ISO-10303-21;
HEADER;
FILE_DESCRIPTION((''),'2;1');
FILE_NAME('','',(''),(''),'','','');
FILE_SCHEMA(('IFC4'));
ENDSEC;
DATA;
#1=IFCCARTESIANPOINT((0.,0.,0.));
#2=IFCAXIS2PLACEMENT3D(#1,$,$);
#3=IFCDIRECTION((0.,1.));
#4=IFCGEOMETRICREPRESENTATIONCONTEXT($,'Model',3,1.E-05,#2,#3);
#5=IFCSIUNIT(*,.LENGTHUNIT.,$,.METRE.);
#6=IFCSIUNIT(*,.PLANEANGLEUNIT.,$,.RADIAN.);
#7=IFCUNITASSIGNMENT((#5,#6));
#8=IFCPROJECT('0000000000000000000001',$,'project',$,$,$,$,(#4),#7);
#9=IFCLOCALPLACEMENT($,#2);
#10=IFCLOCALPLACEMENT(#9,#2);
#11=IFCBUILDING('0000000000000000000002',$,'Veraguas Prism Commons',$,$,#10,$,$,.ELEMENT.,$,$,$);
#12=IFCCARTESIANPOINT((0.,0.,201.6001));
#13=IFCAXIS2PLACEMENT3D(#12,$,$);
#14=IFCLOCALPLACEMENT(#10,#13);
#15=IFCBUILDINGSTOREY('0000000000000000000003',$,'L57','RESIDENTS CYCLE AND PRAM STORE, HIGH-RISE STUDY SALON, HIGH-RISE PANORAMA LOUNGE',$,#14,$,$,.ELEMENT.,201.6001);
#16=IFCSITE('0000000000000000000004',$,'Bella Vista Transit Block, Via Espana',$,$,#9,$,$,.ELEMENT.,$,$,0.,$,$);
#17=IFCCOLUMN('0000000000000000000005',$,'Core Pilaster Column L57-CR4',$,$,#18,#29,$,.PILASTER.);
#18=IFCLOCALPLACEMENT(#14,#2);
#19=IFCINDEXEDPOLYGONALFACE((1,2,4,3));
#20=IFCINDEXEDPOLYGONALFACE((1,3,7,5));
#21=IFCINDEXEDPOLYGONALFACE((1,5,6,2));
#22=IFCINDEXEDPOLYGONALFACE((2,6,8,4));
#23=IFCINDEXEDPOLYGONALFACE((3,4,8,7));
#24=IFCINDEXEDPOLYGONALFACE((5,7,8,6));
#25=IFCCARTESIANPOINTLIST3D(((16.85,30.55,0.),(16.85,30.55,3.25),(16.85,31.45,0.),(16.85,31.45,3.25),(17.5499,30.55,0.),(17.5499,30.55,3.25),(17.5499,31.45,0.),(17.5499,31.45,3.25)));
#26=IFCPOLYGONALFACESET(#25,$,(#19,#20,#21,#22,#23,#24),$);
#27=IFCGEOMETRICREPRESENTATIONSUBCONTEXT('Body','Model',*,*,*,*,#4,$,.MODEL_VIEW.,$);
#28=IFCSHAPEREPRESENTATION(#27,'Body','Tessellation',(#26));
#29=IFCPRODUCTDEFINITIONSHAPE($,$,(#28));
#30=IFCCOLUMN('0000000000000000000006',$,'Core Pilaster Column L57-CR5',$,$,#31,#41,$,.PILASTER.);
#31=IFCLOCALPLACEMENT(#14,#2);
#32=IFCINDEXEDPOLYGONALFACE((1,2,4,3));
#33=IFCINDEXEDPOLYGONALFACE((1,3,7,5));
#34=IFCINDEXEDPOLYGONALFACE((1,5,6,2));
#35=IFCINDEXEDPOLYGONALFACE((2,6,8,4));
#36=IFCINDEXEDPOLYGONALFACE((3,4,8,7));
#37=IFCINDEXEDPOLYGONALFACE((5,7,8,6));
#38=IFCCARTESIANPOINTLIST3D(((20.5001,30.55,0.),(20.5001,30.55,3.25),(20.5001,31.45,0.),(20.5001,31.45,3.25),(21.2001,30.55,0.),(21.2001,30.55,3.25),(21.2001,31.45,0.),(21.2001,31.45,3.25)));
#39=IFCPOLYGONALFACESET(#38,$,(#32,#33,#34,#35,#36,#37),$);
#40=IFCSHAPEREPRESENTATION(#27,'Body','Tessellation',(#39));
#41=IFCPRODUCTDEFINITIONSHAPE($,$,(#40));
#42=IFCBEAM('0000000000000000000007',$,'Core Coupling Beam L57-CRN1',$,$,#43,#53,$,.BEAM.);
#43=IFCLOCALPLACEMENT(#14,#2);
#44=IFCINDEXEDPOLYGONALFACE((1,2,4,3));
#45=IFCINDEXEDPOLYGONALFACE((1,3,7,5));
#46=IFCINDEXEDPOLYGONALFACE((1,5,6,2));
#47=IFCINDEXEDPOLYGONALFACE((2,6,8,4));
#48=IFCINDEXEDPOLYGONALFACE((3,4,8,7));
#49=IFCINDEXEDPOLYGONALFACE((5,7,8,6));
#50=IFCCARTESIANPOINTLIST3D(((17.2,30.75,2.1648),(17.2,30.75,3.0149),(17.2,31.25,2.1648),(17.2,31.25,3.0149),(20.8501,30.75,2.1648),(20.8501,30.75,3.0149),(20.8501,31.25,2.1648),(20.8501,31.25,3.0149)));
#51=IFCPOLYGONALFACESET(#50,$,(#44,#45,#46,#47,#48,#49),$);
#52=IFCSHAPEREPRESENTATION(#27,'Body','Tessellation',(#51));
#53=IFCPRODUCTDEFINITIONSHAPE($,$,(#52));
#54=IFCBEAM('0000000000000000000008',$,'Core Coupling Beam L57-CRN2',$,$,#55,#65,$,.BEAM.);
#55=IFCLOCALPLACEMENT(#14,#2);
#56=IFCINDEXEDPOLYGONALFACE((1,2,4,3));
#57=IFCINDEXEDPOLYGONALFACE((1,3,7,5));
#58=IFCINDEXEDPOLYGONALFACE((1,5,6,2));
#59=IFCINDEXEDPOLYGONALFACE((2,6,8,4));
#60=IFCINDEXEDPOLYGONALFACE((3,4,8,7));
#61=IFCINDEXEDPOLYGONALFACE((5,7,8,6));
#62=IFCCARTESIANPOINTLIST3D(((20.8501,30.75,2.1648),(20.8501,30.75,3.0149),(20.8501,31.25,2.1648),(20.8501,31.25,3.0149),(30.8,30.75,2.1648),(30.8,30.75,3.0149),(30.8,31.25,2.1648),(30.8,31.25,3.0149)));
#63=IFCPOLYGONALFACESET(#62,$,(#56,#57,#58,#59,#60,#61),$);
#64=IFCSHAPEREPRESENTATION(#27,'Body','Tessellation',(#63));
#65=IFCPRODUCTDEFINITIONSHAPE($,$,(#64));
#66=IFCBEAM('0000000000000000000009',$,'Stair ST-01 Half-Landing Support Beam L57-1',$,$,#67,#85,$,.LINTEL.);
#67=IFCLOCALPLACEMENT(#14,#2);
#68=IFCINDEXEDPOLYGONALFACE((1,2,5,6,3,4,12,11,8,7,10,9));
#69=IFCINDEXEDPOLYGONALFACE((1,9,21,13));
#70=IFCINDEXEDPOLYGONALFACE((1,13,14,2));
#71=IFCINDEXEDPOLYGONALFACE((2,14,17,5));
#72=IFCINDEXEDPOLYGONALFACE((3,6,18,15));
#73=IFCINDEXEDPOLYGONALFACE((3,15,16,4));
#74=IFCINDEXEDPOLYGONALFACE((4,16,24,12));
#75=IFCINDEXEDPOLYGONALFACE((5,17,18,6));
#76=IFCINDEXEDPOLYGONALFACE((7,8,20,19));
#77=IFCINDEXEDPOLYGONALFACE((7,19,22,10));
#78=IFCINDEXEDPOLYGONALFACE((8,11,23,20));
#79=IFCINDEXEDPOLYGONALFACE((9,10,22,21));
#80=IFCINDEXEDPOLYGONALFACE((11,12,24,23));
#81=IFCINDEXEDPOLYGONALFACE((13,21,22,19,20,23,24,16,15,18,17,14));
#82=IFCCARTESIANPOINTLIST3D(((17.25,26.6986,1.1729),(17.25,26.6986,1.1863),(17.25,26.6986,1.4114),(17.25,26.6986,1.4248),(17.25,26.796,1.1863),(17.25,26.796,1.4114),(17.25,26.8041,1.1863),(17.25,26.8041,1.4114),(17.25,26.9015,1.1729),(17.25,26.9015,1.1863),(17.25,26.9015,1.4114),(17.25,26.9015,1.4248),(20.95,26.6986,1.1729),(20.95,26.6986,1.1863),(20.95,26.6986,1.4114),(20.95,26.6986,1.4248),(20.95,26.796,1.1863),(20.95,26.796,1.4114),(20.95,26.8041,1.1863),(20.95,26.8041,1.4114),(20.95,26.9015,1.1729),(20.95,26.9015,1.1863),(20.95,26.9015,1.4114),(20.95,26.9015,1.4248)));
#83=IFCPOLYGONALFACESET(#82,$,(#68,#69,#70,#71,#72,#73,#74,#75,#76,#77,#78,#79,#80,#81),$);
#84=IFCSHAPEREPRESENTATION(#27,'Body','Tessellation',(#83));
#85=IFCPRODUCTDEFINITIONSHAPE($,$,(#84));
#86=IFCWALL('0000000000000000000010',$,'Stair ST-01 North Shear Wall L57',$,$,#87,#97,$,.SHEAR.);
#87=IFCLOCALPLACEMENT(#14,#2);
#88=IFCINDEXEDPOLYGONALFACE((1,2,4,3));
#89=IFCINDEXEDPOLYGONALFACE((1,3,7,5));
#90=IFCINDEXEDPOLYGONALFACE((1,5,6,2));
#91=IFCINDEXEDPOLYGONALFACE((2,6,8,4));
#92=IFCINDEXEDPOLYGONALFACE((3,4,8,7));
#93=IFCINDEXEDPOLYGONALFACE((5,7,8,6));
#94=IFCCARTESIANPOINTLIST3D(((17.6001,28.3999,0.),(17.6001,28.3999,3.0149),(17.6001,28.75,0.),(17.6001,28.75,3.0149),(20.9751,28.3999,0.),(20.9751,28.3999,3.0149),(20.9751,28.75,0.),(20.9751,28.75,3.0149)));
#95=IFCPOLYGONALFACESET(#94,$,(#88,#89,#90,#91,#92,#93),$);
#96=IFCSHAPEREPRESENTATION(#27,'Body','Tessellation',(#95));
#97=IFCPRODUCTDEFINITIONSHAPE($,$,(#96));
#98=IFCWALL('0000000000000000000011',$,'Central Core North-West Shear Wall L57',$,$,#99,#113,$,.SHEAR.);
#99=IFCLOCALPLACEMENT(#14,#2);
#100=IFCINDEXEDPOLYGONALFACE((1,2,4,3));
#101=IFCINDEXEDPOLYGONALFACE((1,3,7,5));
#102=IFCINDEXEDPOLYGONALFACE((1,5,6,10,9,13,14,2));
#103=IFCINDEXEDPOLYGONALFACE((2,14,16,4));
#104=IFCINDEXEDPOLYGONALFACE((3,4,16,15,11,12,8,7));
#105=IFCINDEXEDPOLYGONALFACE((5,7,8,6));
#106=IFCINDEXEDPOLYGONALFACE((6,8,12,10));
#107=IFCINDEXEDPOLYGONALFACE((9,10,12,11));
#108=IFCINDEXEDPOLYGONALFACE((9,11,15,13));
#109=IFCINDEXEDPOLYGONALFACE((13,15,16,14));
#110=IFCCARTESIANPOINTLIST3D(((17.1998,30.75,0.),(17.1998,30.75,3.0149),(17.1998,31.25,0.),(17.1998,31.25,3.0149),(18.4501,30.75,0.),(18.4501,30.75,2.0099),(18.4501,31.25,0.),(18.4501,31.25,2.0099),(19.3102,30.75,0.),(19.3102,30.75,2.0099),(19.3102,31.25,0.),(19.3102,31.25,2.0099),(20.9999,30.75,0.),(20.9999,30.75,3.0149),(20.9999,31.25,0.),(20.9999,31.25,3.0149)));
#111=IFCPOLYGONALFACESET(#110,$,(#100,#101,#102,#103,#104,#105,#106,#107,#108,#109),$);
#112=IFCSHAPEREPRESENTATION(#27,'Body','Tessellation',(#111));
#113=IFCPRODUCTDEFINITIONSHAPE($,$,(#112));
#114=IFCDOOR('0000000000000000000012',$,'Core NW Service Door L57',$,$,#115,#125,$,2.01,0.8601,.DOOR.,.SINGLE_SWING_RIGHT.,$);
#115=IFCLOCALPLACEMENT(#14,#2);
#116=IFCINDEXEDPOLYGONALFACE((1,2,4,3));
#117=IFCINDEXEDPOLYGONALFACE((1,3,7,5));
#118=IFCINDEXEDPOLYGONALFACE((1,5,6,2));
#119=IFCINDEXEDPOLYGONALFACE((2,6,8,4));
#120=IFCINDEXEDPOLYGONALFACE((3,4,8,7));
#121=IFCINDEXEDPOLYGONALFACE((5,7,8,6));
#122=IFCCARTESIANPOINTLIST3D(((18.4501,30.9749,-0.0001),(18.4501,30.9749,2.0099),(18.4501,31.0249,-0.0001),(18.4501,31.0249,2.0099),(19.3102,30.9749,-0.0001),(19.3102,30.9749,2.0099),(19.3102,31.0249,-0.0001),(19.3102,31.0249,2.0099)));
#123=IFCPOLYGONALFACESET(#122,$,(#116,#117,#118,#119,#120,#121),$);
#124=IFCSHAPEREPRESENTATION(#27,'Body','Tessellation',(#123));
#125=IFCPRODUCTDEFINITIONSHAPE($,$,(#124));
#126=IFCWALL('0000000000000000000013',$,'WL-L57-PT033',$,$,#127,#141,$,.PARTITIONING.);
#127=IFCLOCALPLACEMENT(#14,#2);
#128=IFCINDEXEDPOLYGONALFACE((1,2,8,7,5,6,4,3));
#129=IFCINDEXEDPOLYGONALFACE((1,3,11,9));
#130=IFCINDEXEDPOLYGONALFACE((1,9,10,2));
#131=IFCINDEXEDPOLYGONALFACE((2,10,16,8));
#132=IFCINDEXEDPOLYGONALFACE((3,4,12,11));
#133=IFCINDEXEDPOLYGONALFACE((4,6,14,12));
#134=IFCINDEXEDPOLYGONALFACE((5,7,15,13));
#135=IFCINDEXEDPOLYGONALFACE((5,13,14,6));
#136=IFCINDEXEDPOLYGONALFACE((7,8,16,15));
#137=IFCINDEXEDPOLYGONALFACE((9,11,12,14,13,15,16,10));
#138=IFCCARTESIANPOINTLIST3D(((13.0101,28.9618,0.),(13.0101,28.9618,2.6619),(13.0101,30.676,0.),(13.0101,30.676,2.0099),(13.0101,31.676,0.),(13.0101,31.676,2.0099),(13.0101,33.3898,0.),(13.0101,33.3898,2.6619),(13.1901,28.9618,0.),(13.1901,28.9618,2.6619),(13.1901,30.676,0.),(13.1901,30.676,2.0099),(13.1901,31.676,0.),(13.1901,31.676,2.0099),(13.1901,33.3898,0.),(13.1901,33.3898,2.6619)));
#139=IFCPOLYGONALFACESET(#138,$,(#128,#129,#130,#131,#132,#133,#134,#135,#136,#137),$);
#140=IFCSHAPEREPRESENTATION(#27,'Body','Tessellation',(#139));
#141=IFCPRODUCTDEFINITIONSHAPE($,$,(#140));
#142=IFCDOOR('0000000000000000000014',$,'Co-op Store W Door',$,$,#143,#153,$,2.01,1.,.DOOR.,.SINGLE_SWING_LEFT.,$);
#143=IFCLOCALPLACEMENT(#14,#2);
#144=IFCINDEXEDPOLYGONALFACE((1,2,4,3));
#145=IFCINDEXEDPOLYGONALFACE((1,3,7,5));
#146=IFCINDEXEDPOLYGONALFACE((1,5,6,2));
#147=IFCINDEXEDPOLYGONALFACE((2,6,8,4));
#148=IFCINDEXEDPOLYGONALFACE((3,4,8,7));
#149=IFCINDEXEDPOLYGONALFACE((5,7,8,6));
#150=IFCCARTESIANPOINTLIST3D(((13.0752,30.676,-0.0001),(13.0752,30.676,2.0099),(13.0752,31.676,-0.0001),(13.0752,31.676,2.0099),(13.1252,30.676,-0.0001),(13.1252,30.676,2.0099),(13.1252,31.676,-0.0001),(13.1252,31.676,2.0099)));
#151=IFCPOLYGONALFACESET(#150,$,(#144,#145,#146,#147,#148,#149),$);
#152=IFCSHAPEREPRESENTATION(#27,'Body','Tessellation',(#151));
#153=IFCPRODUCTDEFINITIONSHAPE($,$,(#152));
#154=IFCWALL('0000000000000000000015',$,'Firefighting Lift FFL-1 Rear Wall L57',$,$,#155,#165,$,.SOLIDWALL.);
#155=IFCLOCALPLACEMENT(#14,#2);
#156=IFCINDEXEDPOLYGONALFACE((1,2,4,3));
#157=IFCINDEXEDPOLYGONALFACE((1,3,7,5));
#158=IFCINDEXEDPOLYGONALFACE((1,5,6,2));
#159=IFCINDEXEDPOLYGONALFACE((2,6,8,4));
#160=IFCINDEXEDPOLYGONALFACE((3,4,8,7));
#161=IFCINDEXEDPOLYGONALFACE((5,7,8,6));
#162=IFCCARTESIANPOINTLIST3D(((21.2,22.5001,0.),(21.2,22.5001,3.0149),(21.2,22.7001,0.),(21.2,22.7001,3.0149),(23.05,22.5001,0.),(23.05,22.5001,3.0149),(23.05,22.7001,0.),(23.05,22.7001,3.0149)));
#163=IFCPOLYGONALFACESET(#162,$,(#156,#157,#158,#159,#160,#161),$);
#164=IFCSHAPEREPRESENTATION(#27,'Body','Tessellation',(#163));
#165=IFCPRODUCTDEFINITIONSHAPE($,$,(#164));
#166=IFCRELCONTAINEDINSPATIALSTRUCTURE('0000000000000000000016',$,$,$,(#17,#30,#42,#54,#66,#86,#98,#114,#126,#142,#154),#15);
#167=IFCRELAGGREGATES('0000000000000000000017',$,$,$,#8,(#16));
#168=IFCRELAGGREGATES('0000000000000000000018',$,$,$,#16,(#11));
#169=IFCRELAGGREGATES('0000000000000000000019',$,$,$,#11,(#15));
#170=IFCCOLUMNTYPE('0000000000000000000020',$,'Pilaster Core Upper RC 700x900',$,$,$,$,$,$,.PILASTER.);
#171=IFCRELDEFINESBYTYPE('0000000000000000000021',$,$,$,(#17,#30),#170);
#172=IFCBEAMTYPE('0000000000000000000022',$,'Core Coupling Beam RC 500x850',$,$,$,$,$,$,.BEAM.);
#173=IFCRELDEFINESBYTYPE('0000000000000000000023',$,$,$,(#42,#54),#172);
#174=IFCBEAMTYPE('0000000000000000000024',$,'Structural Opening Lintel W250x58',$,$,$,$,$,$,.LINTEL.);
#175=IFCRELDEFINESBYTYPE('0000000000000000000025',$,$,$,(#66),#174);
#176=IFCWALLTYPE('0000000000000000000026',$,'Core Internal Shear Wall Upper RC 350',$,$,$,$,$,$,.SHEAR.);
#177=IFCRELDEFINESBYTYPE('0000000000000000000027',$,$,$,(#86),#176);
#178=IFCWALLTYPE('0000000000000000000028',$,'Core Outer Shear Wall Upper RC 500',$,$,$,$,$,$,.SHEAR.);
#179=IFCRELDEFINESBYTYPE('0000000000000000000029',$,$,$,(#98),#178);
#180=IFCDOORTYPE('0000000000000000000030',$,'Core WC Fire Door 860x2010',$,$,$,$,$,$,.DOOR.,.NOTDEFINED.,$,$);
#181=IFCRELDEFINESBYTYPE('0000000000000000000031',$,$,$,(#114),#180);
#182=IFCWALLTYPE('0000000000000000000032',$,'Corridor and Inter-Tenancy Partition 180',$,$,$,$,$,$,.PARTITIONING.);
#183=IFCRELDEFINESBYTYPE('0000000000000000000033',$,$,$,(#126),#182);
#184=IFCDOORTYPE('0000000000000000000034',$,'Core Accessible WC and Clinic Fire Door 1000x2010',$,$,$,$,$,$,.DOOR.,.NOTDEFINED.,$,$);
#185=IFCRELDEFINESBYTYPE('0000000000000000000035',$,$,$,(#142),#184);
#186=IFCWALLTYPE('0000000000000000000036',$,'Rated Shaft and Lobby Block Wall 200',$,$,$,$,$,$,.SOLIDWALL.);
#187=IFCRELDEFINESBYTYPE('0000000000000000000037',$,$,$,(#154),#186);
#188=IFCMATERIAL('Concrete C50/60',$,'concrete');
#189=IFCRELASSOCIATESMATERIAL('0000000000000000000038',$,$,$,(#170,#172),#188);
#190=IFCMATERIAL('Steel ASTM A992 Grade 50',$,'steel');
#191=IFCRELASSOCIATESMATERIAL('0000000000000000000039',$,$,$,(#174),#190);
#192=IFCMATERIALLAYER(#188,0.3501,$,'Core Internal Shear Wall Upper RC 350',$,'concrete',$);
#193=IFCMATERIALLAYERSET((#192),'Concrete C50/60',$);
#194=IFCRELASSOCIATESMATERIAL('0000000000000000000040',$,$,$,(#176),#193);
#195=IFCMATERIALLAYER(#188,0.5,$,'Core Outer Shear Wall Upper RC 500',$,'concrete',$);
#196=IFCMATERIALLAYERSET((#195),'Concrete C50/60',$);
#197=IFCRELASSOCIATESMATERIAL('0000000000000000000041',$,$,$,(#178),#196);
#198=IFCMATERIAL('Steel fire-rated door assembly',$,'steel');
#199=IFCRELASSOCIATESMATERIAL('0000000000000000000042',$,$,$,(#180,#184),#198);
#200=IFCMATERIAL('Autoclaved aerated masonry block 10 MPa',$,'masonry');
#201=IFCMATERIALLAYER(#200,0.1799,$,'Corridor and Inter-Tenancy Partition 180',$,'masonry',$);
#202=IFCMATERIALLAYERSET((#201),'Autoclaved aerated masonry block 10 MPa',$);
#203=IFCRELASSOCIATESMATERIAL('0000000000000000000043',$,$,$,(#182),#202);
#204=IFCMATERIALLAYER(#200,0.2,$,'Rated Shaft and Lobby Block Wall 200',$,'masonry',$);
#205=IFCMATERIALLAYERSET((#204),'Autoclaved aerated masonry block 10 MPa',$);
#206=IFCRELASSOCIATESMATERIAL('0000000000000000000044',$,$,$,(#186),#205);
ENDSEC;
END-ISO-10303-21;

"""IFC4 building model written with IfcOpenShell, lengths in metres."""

from ifc_helpers import new_model, si_unit, direction, frame, frame_2d, origin, origin_2d, place, context, subcontext, project, spatial, rectangle, i_section, extrude, source, transform, mapped, material, layer, layer_set, material_profile, profile_set, type_object, element, fill, save


model = new_model("IFC4")

# Units and contexts
model_context = context("Model", 3, precision=1e-05, world=origin(), true_north=direction((0.0, 1.0)))
body_context = subcontext(model_context, "Body", "Model", "MODEL_VIEW")
ifc_project = project(units=[si_unit("LENGTHUNIT", "METRE"), si_unit("PLANEANGLEUNIT", "RADIAN")], contexts=[model_context])

# Site, building, storey
site_placement = place(None, origin())
site = spatial("IfcSite", under=ifc_project, at=site_placement, Name="Bella Vista Transit Block, Via Espana", CompositionType="ELEMENT", RefElevation=0.0)
building_placement = place(site_placement, origin())
building = spatial("IfcBuilding", under=site, at=building_placement, Name="Veraguas Prism Commons", CompositionType="ELEMENT")
storey_placement = place(building_placement, frame((0.0, 0.0, 201.6001)))
storey = spatial("IfcBuildingStorey", under=building, at=storey_placement, Name="L57", Description="RESIDENTS CYCLE AND PRAM STORE, HIGH-RISE STUDY SALON, HIGH-RISE PANORAMA LOUNGE", CompositionType="ELEMENT", Elevation=201.6001)

# Columns
ifc_material_1 = material(Name="Concrete C50/60", Category="concrete")
ifc_material_profile_1 = material_profile(ifc_material_1, rectangle(XDim=0.7, YDim=0.8999, at=origin_2d()), Name="RC700X900")
ifc_profile_set_1 = profile_set([ifc_material_profile_1], Name="Concrete C50/60")
column_type = type_object("IfcColumnType", Name="Pilaster Core Upper RC 700x900", PredefinedType="PILASTER", material=ifc_profile_set_1)
for number, where, z_axis, x_axis, name in (
    (1, (17.2, 31.0, 0.0), (0.0, 0.0, 1.0), (1.0, 0.0, 0.0), "Core Pilaster Column L57-CR4"),
    (2, (20.8501, 31.0, 0.0), (0.0, 0.0, 1.0), (1.0, 0.0, 0.0), "Core Pilaster Column L57-CR5"),
):
    element("IfcColumn", number, at=place(storey_placement, frame(where, z_axis=z_axis, x_axis=x_axis)), inside=storey, type_object=column_type, Name=name, PredefinedType="PILASTER", context=body_context, shape_type="SweptSolid", body=[
        extrude(rectangle(XDim=0.7, YDim=0.8999, at=origin_2d()), origin(), (0.0, 0.0, 1.0), 3.25),
    ])

# Beams
ifc_material_profile_2 = material_profile(ifc_material_1, rectangle(XDim=0.5, YDim=0.8501, at=origin_2d()), Name="RC500X850")
ifc_profile_set_2 = profile_set([ifc_material_profile_2], Name="Concrete C50/60")
beam_type_1 = type_object("IfcBeamType", Name="Core Coupling Beam RC 500x850", PredefinedType="BEAM", material=ifc_profile_set_2)
beam_1_placement = place(storey_placement, frame((17.2, 31.0, 2.5898), z_axis=(1.0, 0.0, 0.0), x_axis=(0.0, 1.0, 0.0)))
element("IfcBeam", 3, at=beam_1_placement, inside=storey, type_object=beam_type_1, Name="Core Coupling Beam L57-CRN1", PredefinedType="BEAM", context=body_context, shape_type="SweptSolid", body=[
    extrude(rectangle(XDim=0.5, YDim=0.8501, at=origin_2d()), origin(), (0.0, 0.0, 1.0), 3.6501),
])
beam_2_placement = place(storey_placement, frame((20.8501, 31.0, 2.5898), z_axis=(1.0, 0.0, 0.0), x_axis=(0.0, 1.0, 0.0)))
element("IfcBeam", 4, at=beam_2_placement, inside=storey, type_object=beam_type_1, Name="Core Coupling Beam L57-CRN2", PredefinedType="BEAM", context=body_context, shape_type="SweptSolid", body=[
    extrude(rectangle(XDim=0.5, YDim=0.8501, at=origin_2d()), origin(), (0.0, 0.0, 1.0), 9.95),
])
ifc_material_2 = material(Name="Steel ASTM A992 Grade 50", Category="steel")
ifc_material_profile_3 = material_profile(ifc_material_2, i_section(OverallWidth=0.2029, OverallDepth=0.252, WebThickness=0.0081, FlangeThickness=0.0134, at=origin_2d()), Name="W250X58")
ifc_profile_set_3 = profile_set([ifc_material_profile_3], Name="Steel ASTM A992 Grade 50")
beam_type_2 = type_object("IfcBeamType", Name="Structural Opening Lintel W250x58", PredefinedType="LINTEL", material=ifc_profile_set_3)
beam_3_placement = place(storey_placement, frame((17.25, 26.8, 1.2988), z_axis=(1.0, 0.0, 0.0), x_axis=(0.0, 1.0, 0.0)))
element("IfcBeam", 5, at=beam_3_placement, inside=storey, type_object=beam_type_2, Name="Stair ST-01 Half-Landing Support Beam L57-1", PredefinedType="LINTEL", context=body_context, shape_type="SweptSolid", body=[
    extrude(i_section(OverallWidth=0.2029, OverallDepth=0.252, WebThickness=0.0081, FlangeThickness=0.0134, at=origin_2d()), origin(), (0.0, 0.0, 1.0), 3.7),
])

# Wall
ifc_layer_1 = layer(ifc_material_1, 0.3501, Name="Core Internal Shear Wall Upper RC 350", Category="concrete")
ifc_layer_set_1 = layer_set([ifc_layer_1], Name="Concrete C50/60")
wall_type_1 = type_object("IfcWallType", Name="Core Internal Shear Wall Upper RC 350", PredefinedType="SHEAR", material=ifc_layer_set_1)
wall_1_placement = place(storey_placement, frame((17.6001, 28.575, 0.0), z_axis=(0.0, 0.0, 1.0), x_axis=(1.0, 0.0, 0.0)))
element("IfcWall", 6, at=wall_1_placement, inside=storey, type_object=wall_type_1, Name="Stair ST-01 North Shear Wall L57", PredefinedType="SHEAR", context=body_context, shape_type="SweptSolid", body=[
    extrude(rectangle(XDim=3.375, YDim=0.3501, at=frame_2d((1.6875, 0.0))), origin(), (0.0, 0.0, 1.0), 3.0149),
])

# Walls, openings, doors
ifc_layer_2 = layer(ifc_material_1, 0.5, Name="Core Outer Shear Wall Upper RC 500", Category="concrete")
ifc_layer_set_2 = layer_set([ifc_layer_2], Name="Concrete C50/60")
wall_type_2 = type_object("IfcWallType", Name="Core Outer Shear Wall Upper RC 500", PredefinedType="SHEAR", material=ifc_layer_set_2)
wall_2_placement = place(storey_placement, frame((17.2, 31.0, 0.0), z_axis=(0.0, 0.0, 1.0), x_axis=(1.0, 0.0, 0.0)))
wall_2 = element("IfcWall", 7, at=wall_2_placement, inside=storey, type_object=wall_type_2, Name="Central Core North-West Shear Wall L57", PredefinedType="SHEAR", context=body_context, shape_type="SweptSolid", body=[
    extrude(rectangle(XDim=3.8, YDim=0.5, at=frame_2d((1.8999, 0.0))), origin(), (0.0, 0.0, 1.0), 3.0149),
])
opening_1_placement = place(wall_2_placement, frame((1.25, 0.0, 0.0)))
opening_1 = element("IfcOpeningElement", 8, at=opening_1_placement, cuts=wall_2, PredefinedType="OPENING", context=body_context, shape_type="SweptSolid", body=[
    extrude(rectangle(XDim=0.8601, YDim=2.01, at=frame_2d((0.4302, 1.0049))), frame((0.0, 0.26, 0.0), z_axis=(0.0, -1.0, 0.0), x_axis=(1.0, 0.0, 0.0)), (0.0, 0.0, 1.0), 0.52),
])
ifc_material_3 = material(Name="Steel fire-rated door assembly", Category="steel")
door_type_1 = type_object("IfcDoorType", Name="Core WC Fire Door 860x2010", OperationType="NOTDEFINED", PredefinedType="DOOR", material=ifc_material_3)
shared_shape_1 = source(origin(), body_context, "Body", "SweptSolid", [
    extrude(rectangle(XDim=0.8601, YDim=2.01, at=frame_2d((0.4302, 1.0049))), frame((0.0, 0.0249, 0.0), z_axis=(0.0, -1.0, 0.0), x_axis=(1.0, 0.0, 0.0)), (0.0, 0.0, 1.0), 0.05),
])
door_1_placement = place(opening_1_placement, origin())
door_1 = element("IfcDoor", 9, at=door_1_placement, inside=storey, type_object=door_type_1, Name="Core NW Service Door L57", OperationType="SINGLE_SWING_RIGHT", OverallHeight=2.01, OverallWidth=0.8601, PredefinedType="DOOR", context=body_context, shape_type="MappedRepresentation", body=[
    mapped(shared_shape_1, transform((0.0, 0.0, 0.0), scale=1.0)),
])
fill(opening_1, door_1)
ifc_material_4 = material(Name="Autoclaved aerated masonry block 10 MPa", Category="masonry")
ifc_layer_3 = layer(ifc_material_4, 0.1799, Name="Corridor and Inter-Tenancy Partition 180", Category="masonry")
ifc_layer_set_3 = layer_set([ifc_layer_3], Name="Autoclaved aerated masonry block 10 MPa")
wall_type_3 = type_object("IfcWallType", Name="Corridor and Inter-Tenancy Partition 180", PredefinedType="PARTITIONING", material=ifc_layer_set_3)
wall_3_placement = place(storey_placement, frame((13.1001, 28.9619, 0.0), z_axis=(0.0, 0.0, 1.0), x_axis=(0.0, 1.0, 0.0)))
wall_3 = element("IfcWall", 10, at=wall_3_placement, inside=storey, type_object=wall_type_3, Name="WL-L57-PT033", PredefinedType="PARTITIONING", context=body_context, shape_type="SweptSolid", body=[
    extrude(rectangle(XDim=4.428, YDim=0.1799, at=frame_2d((2.2139, 0.0))), origin(), (0.0, 0.0, 1.0), 2.6619),
])
opening_2_placement = place(wall_3_placement, frame((1.7141, 0.0, 0.0)))
opening_2 = element("IfcOpeningElement", 11, at=opening_2_placement, cuts=wall_3, PredefinedType="OPENING", context=body_context, shape_type="SweptSolid", body=[
    extrude(rectangle(XDim=1.0, YDim=2.01, at=frame_2d((0.5, 1.0049))), frame((0.0, 0.0999, 0.0), z_axis=(0.0, -1.0, 0.0), x_axis=(1.0, 0.0, 0.0)), (0.0, 0.0, 1.0), 0.2),
])
door_type_2 = type_object("IfcDoorType", Name="Core Accessible WC and Clinic Fire Door 1000x2010", OperationType="NOTDEFINED", PredefinedType="DOOR", material=ifc_material_3)
shared_shape_2 = source(origin(), body_context, "Body", "SweptSolid", [
    extrude(rectangle(XDim=1.0, YDim=2.01, at=frame_2d((0.5, 1.0049))), frame((0.0, 0.0249, 0.0), z_axis=(0.0, -1.0, 0.0), x_axis=(1.0, 0.0, 0.0)), (0.0, 0.0, 1.0), 0.05),
])
door_2_placement = place(opening_2_placement, origin())
door_2 = element("IfcDoor", 12, at=door_2_placement, inside=storey, type_object=door_type_2, Name="Co-op Store W Door", OperationType="SINGLE_SWING_LEFT", OverallHeight=2.01, OverallWidth=1.0, PredefinedType="DOOR", context=body_context, shape_type="MappedRepresentation", body=[
    mapped(shared_shape_2, transform((0.0, 0.0, 0.0), scale=1.0)),
])
fill(opening_2, door_2)

# Wall
ifc_layer_4 = layer(ifc_material_4, 0.2, Name="Rated Shaft and Lobby Block Wall 200", Category="masonry")
ifc_layer_set_4 = layer_set([ifc_layer_4], Name="Autoclaved aerated masonry block 10 MPa")
wall_type_4 = type_object("IfcWallType", Name="Rated Shaft and Lobby Block Wall 200", PredefinedType="SOLIDWALL", material=ifc_layer_set_4)
wall_4_placement = place(storey_placement, frame((21.2, 22.6001, 0.0), z_axis=(0.0, 0.0, 1.0), x_axis=(1.0, 0.0, 0.0)))
element("IfcWall", 13, at=wall_4_placement, inside=storey, type_object=wall_type_4, Name="Firefighting Lift FFL-1 Rear Wall L57", PredefinedType="SOLIDWALL", context=body_context, shape_type="SweptSolid", body=[
    extrude(rectangle(XDim=1.8501, YDim=0.2, at=frame_2d((0.925, 0.0))), origin(), (0.0, 0.0, 1.0), 3.0149),
])

save(model, "model.ifc")
